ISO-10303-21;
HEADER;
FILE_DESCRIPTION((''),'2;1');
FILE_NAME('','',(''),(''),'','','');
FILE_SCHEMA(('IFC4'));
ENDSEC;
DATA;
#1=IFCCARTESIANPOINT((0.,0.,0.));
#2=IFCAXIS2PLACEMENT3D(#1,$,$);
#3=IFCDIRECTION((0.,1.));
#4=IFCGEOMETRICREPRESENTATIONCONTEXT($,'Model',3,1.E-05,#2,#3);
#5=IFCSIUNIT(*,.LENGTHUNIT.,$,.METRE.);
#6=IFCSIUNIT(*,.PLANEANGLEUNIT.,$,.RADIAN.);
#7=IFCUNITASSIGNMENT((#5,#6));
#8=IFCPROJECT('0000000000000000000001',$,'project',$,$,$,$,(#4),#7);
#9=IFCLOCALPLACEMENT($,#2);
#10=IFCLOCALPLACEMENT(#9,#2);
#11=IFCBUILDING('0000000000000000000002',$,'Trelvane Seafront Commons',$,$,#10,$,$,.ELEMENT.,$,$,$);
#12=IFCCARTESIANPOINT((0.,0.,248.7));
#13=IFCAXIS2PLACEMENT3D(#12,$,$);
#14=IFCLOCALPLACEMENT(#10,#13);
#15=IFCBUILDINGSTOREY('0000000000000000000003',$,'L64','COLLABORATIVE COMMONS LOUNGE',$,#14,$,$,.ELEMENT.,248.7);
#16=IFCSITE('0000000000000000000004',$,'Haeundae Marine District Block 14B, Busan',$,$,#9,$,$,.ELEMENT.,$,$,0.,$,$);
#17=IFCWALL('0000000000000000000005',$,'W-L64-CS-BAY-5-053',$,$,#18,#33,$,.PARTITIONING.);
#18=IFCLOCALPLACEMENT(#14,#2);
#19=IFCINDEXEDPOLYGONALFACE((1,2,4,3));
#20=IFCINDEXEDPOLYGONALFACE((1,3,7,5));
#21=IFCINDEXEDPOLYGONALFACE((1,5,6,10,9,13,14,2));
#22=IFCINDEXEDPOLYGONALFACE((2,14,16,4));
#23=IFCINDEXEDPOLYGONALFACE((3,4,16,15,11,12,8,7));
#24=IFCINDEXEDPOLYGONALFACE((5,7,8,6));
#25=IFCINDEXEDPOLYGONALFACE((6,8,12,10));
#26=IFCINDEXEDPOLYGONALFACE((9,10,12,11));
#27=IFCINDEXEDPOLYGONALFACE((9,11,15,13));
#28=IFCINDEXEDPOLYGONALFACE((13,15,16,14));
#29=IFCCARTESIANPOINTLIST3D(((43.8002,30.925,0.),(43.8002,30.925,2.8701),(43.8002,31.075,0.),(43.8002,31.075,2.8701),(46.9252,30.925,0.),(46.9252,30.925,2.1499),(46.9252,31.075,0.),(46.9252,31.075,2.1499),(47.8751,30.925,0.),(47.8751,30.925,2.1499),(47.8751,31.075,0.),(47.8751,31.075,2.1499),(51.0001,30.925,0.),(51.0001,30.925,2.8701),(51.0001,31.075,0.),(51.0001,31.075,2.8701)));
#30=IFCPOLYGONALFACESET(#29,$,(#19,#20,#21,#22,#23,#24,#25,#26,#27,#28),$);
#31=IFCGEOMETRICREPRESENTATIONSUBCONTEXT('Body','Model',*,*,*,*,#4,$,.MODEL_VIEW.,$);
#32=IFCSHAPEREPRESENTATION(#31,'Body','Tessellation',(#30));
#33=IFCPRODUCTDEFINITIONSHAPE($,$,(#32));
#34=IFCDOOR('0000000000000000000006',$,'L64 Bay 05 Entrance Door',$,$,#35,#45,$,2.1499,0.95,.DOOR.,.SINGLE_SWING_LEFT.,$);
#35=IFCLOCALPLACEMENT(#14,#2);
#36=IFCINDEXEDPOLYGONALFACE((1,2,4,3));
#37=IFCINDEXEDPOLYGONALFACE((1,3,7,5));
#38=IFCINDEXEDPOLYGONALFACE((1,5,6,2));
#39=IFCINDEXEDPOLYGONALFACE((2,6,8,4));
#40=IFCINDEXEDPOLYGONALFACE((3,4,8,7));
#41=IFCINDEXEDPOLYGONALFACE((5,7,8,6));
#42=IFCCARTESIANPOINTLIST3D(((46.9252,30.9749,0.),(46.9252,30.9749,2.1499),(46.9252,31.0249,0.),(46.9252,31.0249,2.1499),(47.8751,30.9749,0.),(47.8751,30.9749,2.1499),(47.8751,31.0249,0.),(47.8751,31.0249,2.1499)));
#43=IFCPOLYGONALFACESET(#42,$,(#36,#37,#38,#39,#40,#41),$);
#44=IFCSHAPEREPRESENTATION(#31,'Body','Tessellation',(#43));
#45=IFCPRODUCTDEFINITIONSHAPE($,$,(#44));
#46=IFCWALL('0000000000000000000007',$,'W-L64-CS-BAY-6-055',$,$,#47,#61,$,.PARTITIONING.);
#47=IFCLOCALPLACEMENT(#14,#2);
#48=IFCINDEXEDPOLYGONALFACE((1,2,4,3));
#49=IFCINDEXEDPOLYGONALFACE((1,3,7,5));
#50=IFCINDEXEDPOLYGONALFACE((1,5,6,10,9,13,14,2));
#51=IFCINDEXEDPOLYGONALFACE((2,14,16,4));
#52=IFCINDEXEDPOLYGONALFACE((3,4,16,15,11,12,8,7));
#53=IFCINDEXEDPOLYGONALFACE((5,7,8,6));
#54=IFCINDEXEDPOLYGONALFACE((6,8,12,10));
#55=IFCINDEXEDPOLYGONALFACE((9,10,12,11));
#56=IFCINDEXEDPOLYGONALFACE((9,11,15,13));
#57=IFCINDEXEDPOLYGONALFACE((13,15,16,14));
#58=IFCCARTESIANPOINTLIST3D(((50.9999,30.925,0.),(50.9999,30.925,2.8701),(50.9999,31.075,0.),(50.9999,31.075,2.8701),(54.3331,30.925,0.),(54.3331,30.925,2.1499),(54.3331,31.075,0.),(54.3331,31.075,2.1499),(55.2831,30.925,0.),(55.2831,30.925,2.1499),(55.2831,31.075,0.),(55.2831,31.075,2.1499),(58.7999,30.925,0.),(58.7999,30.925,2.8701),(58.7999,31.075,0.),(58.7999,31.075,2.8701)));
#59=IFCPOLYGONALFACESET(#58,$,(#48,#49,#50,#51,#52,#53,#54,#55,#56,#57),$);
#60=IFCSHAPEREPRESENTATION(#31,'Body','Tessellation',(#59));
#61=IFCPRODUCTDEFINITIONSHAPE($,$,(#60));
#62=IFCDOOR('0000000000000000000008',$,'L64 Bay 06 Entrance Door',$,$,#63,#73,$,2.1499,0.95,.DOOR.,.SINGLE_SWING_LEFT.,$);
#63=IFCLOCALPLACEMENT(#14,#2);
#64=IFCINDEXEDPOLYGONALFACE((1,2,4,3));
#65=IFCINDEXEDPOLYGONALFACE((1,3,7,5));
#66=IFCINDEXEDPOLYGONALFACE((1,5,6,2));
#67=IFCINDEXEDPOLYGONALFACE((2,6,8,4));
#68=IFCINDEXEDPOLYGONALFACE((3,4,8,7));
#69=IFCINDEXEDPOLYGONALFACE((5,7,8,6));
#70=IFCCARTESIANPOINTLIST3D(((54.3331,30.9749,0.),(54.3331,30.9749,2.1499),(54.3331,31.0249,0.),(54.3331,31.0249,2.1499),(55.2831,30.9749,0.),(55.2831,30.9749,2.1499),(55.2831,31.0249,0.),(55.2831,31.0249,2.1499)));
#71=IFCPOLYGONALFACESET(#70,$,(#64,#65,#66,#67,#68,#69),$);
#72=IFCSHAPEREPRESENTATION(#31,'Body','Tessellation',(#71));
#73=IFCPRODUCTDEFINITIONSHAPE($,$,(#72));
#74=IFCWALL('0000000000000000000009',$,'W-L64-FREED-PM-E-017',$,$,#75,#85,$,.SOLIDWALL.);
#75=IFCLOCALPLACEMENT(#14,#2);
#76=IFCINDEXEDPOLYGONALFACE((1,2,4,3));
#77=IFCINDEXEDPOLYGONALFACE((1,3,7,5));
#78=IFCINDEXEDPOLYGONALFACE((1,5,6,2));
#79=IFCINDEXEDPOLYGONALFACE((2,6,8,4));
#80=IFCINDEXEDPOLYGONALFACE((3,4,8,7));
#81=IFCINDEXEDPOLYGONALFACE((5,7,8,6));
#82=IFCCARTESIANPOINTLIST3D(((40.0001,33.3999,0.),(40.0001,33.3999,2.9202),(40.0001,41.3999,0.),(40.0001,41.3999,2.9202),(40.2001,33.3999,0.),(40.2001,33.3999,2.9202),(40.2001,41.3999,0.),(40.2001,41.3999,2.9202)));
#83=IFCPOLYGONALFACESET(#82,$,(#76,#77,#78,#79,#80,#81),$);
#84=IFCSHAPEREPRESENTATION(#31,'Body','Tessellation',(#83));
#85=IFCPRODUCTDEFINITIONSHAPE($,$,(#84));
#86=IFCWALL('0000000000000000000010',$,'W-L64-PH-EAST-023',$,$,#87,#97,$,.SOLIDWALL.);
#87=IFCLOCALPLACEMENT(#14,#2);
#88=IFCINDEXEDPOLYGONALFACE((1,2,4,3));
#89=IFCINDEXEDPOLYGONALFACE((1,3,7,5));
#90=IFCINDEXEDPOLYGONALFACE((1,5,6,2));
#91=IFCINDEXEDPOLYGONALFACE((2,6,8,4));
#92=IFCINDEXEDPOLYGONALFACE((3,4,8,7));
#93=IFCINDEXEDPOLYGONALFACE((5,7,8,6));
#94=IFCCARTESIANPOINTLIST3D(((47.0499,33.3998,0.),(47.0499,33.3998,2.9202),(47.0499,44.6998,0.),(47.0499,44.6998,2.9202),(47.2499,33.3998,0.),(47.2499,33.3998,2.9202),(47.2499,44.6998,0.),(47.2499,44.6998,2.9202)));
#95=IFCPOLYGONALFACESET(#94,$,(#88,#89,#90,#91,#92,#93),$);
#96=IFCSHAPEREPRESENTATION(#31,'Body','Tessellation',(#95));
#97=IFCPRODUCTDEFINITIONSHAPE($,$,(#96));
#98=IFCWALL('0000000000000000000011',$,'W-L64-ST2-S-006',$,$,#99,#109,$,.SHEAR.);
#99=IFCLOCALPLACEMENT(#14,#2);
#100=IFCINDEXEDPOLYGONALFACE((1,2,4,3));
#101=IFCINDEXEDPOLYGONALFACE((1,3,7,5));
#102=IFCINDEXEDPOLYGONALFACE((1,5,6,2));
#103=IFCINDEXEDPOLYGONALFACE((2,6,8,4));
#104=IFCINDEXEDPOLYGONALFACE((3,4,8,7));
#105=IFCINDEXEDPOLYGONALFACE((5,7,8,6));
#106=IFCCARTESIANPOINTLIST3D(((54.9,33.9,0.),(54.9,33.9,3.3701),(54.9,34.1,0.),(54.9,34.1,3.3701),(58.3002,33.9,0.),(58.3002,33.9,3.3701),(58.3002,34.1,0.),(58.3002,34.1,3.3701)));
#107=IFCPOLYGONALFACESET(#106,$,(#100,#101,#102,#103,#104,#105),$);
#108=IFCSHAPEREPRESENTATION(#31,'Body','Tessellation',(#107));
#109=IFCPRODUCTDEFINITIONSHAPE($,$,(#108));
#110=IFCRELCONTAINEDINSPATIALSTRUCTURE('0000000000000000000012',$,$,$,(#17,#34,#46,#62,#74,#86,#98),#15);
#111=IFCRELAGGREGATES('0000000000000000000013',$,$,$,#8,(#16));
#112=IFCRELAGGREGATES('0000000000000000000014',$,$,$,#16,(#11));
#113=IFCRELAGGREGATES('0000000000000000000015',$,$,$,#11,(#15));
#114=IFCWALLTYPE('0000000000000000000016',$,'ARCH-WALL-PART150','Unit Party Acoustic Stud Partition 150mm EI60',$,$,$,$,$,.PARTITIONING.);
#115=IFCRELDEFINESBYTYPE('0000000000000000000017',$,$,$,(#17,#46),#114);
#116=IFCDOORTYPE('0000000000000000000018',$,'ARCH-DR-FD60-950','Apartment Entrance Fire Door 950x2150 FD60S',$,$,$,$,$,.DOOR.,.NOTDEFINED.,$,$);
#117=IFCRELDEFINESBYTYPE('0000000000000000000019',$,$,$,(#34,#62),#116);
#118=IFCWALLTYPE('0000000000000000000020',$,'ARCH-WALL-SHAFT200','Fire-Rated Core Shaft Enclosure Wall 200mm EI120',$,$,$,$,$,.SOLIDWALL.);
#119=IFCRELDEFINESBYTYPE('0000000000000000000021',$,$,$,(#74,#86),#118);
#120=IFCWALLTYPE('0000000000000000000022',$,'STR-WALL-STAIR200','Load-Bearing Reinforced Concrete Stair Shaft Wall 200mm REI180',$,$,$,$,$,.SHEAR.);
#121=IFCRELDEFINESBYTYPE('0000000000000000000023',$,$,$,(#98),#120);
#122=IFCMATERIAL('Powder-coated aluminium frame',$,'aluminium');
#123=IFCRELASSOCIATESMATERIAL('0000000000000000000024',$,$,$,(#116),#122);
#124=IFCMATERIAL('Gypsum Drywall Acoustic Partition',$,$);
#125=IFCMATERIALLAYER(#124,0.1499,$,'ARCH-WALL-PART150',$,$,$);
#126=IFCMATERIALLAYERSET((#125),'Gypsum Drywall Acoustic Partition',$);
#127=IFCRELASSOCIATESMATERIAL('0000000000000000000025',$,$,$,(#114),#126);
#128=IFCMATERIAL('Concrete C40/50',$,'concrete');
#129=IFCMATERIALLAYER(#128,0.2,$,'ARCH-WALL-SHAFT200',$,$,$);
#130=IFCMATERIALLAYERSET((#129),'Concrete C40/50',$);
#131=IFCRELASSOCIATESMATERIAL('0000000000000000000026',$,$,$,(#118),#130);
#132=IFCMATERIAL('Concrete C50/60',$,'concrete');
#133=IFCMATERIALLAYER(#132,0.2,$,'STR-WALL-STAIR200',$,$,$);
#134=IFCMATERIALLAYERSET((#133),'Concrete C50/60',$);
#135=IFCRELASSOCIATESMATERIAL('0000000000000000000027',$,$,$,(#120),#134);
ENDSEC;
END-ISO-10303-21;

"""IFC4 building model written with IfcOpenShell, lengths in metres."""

from ifc_helpers import new_model, si_unit, direction, frame, frame_2d, origin, place, context, subcontext, project, spatial, rectangle, extrude, source, transform, mapped, material, layer, layer_set, type_object, element, fill, save


model = new_model("IFC4")

# Units and contexts
model_context = context("Model", 3, precision=1e-05, world=origin(), true_north=direction((0.0, 1.0)))
body_context = subcontext(model_context, "Body", "Model", "MODEL_VIEW")
ifc_project = project(units=[si_unit("LENGTHUNIT", "METRE"), si_unit("PLANEANGLEUNIT", "RADIAN")], contexts=[model_context])

# Site, building, storey
site_placement = place(None, origin())
site = spatial("IfcSite", under=ifc_project, at=site_placement, Name="Haeundae Marine District Block 14B, Busan", CompositionType="ELEMENT", RefElevation=0.0)
building_placement = place(site_placement, origin())
building = spatial("IfcBuilding", under=site, at=building_placement, Name="Trelvane Seafront Commons", CompositionType="ELEMENT")
storey_placement = place(building_placement, frame((0.0, 0.0, 248.7)))
storey = spatial("IfcBuildingStorey", under=building, at=storey_placement, Name="L64", Description="COLLABORATIVE COMMONS LOUNGE", CompositionType="ELEMENT", Elevation=248.7)

# Shared definitions
ifc_material_1 = material(Name="Concrete C50/60", Category="concrete")

# Shared definitions
ifc_material_2 = material(Name="Concrete C40/50", Category="concrete")
ifc_material_3 = material(Name="Powder-coated aluminium frame", Category="aluminium")
door_type_1 = type_object("IfcDoorType", Name="ARCH-DR-FD60-950", Description="Apartment Entrance Fire Door 950x2150 FD60S", OperationType="NOTDEFINED", PredefinedType="DOOR", material=ifc_material_3)
shared_shape_1 = source(origin(), body_context, "Body", "SweptSolid", [
    extrude(rectangle(XDim=0.95, YDim=2.1499, at=frame_2d((0.4751, 1.075))), frame((0.0, 0.0249, 0.0), z_axis=(0.0, -1.0, 0.0), x_axis=(1.0, 0.0, 0.0)), (0.0, 0.0, 1.0), 0.05),
])

# Walls, openings, doors
ifc_material_4 = material(Name="Gypsum Drywall Acoustic Partition")
ifc_layer_1 = layer(ifc_material_4, 0.1499, Name="ARCH-WALL-PART150")
ifc_layer_set_1 = layer_set([ifc_layer_1], Name="Gypsum Drywall Acoustic Partition")
wall_type_1 = type_object("IfcWallType", Name="ARCH-WALL-PART150", Description="Unit Party Acoustic Stud Partition 150mm EI60", PredefinedType="PARTITIONING", material=ifc_layer_set_1)
wall_1_placement = place(storey_placement, frame((43.8, 31.0, 0.0), z_axis=(0.0, 0.0, 1.0), x_axis=(1.0, 0.0, 0.0)))
wall_1 = element("IfcWall", 1, at=wall_1_placement, inside=storey, type_object=wall_type_1, Name="W-L64-CS-BAY-5-053", PredefinedType="PARTITIONING", context=body_context, shape_type="SweptSolid", body=[
    extrude(rectangle(XDim=7.2, YDim=0.1499, at=frame_2d((3.6001, 0.0))), origin(), (0.0, 0.0, 1.0), 2.8701),
])
opening_1_placement = place(wall_1_placement, frame((3.125, 0.0, 0.0)))
opening_1 = element("IfcOpeningElement", 2, at=opening_1_placement, cuts=wall_1, PredefinedType="OPENING", context=body_context, shape_type="SweptSolid", body=[
    extrude(rectangle(XDim=0.95, YDim=2.1499, at=frame_2d((0.4751, 1.075))), frame((0.0, 0.085, 0.0), z_axis=(0.0, -1.0, 0.0), x_axis=(1.0, 0.0, 0.0)), (0.0, 0.0, 1.0), 0.1699),
])
door_1_placement = place(opening_1_placement, origin())
door_1 = element("IfcDoor", 3, at=door_1_placement, inside=storey, type_object=door_type_1, Name="L64 Bay 05 Entrance Door", OperationType="SINGLE_SWING_LEFT", OverallHeight=2.1499, OverallWidth=0.95, PredefinedType="DOOR", context=body_context, shape_type="MappedRepresentation", body=[
    mapped(shared_shape_1, transform((0.0, 0.0, 0.0), x_axis=(1.0, 0.0, 0.0), y_axis=(0.0, 1.0, 0.0), z_axis=(0.0, 0.0, 1.0), scale=1.0)),
])
fill(opening_1, door_1)
wall_2_placement = place(storey_placement, frame((51.0, 31.0, 0.0), z_axis=(0.0, 0.0, 1.0), x_axis=(1.0, 0.0, 0.0)))
wall_2 = element("IfcWall", 4, at=wall_2_placement, inside=storey, type_object=wall_type_1, Name="W-L64-CS-BAY-6-055", PredefinedType="PARTITIONING", context=body_context, shape_type="SweptSolid", body=[
    extrude(rectangle(XDim=7.8, YDim=0.1499, at=frame_2d((3.8999, 0.0))), origin(), (0.0, 0.0, 1.0), 2.8701),
])
opening_2_placement = place(wall_2_placement, frame((3.333, 0.0, 0.0)))
opening_2 = element("IfcOpeningElement", 5, at=opening_2_placement, cuts=wall_2, PredefinedType="OPENING", context=body_context, shape_type="SweptSolid", body=[
    extrude(rectangle(XDim=0.95, YDim=2.1499, at=frame_2d((0.4751, 1.075))), frame((0.0, 0.085, 0.0), z_axis=(0.0, -1.0, 0.0), x_axis=(1.0, 0.0, 0.0)), (0.0, 0.0, 1.0), 0.1699),
])
door_2_placement = place(opening_2_placement, origin())
door_2 = element("IfcDoor", 6, at=door_2_placement, inside=storey, type_object=door_type_1, Name="L64 Bay 06 Entrance Door", OperationType="SINGLE_SWING_LEFT", OverallHeight=2.1499, OverallWidth=0.95, PredefinedType="DOOR", context=body_context, shape_type="MappedRepresentation", body=[
    mapped(shared_shape_1, transform((0.0, 0.0, 0.0), x_axis=(1.0, 0.0, 0.0), y_axis=(0.0, 1.0, 0.0), z_axis=(0.0, 0.0, 1.0), scale=1.0)),
])
fill(opening_2, door_2)

# Walls
ifc_layer_2 = layer(ifc_material_2, 0.2, Name="ARCH-WALL-SHAFT200")
ifc_layer_set_2 = layer_set([ifc_layer_2], Name="Concrete C40/50")
wall_type_2 = type_object("IfcWallType", Name="ARCH-WALL-SHAFT200", Description="Fire-Rated Core Shaft Enclosure Wall 200mm EI120", PredefinedType="SOLIDWALL", material=ifc_layer_set_2)
wall_3_placement = place(storey_placement, frame((40.1001, 33.3999, 0.0), z_axis=(0.0, 0.0, 1.0), x_axis=(0.0, 1.0, 0.0)))
element("IfcWall", 7, at=wall_3_placement, inside=storey, type_object=wall_type_2, Name="W-L64-FREED-PM-E-017", PredefinedType="SOLIDWALL", context=body_context, shape_type="SweptSolid", body=[
    extrude(rectangle(XDim=8.0, YDim=0.2, at=frame_2d((4.0, 0.0))), origin(), (0.0, 0.0, 1.0), 2.9202),
])
wall_4_placement = place(storey_placement, frame((47.1499, 33.3999, 0.0), z_axis=(0.0, 0.0, 1.0), x_axis=(0.0, 1.0, 0.0)))
element("IfcWall", 8, at=wall_4_placement, inside=storey, type_object=wall_type_2, Name="W-L64-PH-EAST-023", PredefinedType="SOLIDWALL", context=body_context, shape_type="SweptSolid", body=[
    extrude(rectangle(XDim=11.3, YDim=0.2, at=frame_2d((5.6499, 0.0))), origin(), (0.0, 0.0, 1.0), 2.9202),
])
ifc_layer_3 = layer(ifc_material_1, 0.2, Name="STR-WALL-STAIR200")
ifc_layer_set_3 = layer_set([ifc_layer_3], Name="Concrete C50/60")
wall_type_3 = type_object("IfcWallType", Name="STR-WALL-STAIR200", Description="Load-Bearing Reinforced Concrete Stair Shaft Wall 200mm REI180", PredefinedType="SHEAR", material=ifc_layer_set_3)
wall_5_placement = place(storey_placement, frame((54.8999, 34.0, 0.0), z_axis=(0.0, 0.0, 1.0), x_axis=(1.0, 0.0, 0.0)))
element("IfcWall", 9, at=wall_5_placement, inside=storey, type_object=wall_type_3, Name="W-L64-ST2-S-006", PredefinedType="SHEAR", context=body_context, shape_type="SweptSolid", body=[
    extrude(rectangle(XDim=3.4001, YDim=0.2, at=frame_2d((1.7002, 0.0))), origin(), (0.0, 0.0, 1.0), 3.3701),
])

save(model, "model.ifc")
